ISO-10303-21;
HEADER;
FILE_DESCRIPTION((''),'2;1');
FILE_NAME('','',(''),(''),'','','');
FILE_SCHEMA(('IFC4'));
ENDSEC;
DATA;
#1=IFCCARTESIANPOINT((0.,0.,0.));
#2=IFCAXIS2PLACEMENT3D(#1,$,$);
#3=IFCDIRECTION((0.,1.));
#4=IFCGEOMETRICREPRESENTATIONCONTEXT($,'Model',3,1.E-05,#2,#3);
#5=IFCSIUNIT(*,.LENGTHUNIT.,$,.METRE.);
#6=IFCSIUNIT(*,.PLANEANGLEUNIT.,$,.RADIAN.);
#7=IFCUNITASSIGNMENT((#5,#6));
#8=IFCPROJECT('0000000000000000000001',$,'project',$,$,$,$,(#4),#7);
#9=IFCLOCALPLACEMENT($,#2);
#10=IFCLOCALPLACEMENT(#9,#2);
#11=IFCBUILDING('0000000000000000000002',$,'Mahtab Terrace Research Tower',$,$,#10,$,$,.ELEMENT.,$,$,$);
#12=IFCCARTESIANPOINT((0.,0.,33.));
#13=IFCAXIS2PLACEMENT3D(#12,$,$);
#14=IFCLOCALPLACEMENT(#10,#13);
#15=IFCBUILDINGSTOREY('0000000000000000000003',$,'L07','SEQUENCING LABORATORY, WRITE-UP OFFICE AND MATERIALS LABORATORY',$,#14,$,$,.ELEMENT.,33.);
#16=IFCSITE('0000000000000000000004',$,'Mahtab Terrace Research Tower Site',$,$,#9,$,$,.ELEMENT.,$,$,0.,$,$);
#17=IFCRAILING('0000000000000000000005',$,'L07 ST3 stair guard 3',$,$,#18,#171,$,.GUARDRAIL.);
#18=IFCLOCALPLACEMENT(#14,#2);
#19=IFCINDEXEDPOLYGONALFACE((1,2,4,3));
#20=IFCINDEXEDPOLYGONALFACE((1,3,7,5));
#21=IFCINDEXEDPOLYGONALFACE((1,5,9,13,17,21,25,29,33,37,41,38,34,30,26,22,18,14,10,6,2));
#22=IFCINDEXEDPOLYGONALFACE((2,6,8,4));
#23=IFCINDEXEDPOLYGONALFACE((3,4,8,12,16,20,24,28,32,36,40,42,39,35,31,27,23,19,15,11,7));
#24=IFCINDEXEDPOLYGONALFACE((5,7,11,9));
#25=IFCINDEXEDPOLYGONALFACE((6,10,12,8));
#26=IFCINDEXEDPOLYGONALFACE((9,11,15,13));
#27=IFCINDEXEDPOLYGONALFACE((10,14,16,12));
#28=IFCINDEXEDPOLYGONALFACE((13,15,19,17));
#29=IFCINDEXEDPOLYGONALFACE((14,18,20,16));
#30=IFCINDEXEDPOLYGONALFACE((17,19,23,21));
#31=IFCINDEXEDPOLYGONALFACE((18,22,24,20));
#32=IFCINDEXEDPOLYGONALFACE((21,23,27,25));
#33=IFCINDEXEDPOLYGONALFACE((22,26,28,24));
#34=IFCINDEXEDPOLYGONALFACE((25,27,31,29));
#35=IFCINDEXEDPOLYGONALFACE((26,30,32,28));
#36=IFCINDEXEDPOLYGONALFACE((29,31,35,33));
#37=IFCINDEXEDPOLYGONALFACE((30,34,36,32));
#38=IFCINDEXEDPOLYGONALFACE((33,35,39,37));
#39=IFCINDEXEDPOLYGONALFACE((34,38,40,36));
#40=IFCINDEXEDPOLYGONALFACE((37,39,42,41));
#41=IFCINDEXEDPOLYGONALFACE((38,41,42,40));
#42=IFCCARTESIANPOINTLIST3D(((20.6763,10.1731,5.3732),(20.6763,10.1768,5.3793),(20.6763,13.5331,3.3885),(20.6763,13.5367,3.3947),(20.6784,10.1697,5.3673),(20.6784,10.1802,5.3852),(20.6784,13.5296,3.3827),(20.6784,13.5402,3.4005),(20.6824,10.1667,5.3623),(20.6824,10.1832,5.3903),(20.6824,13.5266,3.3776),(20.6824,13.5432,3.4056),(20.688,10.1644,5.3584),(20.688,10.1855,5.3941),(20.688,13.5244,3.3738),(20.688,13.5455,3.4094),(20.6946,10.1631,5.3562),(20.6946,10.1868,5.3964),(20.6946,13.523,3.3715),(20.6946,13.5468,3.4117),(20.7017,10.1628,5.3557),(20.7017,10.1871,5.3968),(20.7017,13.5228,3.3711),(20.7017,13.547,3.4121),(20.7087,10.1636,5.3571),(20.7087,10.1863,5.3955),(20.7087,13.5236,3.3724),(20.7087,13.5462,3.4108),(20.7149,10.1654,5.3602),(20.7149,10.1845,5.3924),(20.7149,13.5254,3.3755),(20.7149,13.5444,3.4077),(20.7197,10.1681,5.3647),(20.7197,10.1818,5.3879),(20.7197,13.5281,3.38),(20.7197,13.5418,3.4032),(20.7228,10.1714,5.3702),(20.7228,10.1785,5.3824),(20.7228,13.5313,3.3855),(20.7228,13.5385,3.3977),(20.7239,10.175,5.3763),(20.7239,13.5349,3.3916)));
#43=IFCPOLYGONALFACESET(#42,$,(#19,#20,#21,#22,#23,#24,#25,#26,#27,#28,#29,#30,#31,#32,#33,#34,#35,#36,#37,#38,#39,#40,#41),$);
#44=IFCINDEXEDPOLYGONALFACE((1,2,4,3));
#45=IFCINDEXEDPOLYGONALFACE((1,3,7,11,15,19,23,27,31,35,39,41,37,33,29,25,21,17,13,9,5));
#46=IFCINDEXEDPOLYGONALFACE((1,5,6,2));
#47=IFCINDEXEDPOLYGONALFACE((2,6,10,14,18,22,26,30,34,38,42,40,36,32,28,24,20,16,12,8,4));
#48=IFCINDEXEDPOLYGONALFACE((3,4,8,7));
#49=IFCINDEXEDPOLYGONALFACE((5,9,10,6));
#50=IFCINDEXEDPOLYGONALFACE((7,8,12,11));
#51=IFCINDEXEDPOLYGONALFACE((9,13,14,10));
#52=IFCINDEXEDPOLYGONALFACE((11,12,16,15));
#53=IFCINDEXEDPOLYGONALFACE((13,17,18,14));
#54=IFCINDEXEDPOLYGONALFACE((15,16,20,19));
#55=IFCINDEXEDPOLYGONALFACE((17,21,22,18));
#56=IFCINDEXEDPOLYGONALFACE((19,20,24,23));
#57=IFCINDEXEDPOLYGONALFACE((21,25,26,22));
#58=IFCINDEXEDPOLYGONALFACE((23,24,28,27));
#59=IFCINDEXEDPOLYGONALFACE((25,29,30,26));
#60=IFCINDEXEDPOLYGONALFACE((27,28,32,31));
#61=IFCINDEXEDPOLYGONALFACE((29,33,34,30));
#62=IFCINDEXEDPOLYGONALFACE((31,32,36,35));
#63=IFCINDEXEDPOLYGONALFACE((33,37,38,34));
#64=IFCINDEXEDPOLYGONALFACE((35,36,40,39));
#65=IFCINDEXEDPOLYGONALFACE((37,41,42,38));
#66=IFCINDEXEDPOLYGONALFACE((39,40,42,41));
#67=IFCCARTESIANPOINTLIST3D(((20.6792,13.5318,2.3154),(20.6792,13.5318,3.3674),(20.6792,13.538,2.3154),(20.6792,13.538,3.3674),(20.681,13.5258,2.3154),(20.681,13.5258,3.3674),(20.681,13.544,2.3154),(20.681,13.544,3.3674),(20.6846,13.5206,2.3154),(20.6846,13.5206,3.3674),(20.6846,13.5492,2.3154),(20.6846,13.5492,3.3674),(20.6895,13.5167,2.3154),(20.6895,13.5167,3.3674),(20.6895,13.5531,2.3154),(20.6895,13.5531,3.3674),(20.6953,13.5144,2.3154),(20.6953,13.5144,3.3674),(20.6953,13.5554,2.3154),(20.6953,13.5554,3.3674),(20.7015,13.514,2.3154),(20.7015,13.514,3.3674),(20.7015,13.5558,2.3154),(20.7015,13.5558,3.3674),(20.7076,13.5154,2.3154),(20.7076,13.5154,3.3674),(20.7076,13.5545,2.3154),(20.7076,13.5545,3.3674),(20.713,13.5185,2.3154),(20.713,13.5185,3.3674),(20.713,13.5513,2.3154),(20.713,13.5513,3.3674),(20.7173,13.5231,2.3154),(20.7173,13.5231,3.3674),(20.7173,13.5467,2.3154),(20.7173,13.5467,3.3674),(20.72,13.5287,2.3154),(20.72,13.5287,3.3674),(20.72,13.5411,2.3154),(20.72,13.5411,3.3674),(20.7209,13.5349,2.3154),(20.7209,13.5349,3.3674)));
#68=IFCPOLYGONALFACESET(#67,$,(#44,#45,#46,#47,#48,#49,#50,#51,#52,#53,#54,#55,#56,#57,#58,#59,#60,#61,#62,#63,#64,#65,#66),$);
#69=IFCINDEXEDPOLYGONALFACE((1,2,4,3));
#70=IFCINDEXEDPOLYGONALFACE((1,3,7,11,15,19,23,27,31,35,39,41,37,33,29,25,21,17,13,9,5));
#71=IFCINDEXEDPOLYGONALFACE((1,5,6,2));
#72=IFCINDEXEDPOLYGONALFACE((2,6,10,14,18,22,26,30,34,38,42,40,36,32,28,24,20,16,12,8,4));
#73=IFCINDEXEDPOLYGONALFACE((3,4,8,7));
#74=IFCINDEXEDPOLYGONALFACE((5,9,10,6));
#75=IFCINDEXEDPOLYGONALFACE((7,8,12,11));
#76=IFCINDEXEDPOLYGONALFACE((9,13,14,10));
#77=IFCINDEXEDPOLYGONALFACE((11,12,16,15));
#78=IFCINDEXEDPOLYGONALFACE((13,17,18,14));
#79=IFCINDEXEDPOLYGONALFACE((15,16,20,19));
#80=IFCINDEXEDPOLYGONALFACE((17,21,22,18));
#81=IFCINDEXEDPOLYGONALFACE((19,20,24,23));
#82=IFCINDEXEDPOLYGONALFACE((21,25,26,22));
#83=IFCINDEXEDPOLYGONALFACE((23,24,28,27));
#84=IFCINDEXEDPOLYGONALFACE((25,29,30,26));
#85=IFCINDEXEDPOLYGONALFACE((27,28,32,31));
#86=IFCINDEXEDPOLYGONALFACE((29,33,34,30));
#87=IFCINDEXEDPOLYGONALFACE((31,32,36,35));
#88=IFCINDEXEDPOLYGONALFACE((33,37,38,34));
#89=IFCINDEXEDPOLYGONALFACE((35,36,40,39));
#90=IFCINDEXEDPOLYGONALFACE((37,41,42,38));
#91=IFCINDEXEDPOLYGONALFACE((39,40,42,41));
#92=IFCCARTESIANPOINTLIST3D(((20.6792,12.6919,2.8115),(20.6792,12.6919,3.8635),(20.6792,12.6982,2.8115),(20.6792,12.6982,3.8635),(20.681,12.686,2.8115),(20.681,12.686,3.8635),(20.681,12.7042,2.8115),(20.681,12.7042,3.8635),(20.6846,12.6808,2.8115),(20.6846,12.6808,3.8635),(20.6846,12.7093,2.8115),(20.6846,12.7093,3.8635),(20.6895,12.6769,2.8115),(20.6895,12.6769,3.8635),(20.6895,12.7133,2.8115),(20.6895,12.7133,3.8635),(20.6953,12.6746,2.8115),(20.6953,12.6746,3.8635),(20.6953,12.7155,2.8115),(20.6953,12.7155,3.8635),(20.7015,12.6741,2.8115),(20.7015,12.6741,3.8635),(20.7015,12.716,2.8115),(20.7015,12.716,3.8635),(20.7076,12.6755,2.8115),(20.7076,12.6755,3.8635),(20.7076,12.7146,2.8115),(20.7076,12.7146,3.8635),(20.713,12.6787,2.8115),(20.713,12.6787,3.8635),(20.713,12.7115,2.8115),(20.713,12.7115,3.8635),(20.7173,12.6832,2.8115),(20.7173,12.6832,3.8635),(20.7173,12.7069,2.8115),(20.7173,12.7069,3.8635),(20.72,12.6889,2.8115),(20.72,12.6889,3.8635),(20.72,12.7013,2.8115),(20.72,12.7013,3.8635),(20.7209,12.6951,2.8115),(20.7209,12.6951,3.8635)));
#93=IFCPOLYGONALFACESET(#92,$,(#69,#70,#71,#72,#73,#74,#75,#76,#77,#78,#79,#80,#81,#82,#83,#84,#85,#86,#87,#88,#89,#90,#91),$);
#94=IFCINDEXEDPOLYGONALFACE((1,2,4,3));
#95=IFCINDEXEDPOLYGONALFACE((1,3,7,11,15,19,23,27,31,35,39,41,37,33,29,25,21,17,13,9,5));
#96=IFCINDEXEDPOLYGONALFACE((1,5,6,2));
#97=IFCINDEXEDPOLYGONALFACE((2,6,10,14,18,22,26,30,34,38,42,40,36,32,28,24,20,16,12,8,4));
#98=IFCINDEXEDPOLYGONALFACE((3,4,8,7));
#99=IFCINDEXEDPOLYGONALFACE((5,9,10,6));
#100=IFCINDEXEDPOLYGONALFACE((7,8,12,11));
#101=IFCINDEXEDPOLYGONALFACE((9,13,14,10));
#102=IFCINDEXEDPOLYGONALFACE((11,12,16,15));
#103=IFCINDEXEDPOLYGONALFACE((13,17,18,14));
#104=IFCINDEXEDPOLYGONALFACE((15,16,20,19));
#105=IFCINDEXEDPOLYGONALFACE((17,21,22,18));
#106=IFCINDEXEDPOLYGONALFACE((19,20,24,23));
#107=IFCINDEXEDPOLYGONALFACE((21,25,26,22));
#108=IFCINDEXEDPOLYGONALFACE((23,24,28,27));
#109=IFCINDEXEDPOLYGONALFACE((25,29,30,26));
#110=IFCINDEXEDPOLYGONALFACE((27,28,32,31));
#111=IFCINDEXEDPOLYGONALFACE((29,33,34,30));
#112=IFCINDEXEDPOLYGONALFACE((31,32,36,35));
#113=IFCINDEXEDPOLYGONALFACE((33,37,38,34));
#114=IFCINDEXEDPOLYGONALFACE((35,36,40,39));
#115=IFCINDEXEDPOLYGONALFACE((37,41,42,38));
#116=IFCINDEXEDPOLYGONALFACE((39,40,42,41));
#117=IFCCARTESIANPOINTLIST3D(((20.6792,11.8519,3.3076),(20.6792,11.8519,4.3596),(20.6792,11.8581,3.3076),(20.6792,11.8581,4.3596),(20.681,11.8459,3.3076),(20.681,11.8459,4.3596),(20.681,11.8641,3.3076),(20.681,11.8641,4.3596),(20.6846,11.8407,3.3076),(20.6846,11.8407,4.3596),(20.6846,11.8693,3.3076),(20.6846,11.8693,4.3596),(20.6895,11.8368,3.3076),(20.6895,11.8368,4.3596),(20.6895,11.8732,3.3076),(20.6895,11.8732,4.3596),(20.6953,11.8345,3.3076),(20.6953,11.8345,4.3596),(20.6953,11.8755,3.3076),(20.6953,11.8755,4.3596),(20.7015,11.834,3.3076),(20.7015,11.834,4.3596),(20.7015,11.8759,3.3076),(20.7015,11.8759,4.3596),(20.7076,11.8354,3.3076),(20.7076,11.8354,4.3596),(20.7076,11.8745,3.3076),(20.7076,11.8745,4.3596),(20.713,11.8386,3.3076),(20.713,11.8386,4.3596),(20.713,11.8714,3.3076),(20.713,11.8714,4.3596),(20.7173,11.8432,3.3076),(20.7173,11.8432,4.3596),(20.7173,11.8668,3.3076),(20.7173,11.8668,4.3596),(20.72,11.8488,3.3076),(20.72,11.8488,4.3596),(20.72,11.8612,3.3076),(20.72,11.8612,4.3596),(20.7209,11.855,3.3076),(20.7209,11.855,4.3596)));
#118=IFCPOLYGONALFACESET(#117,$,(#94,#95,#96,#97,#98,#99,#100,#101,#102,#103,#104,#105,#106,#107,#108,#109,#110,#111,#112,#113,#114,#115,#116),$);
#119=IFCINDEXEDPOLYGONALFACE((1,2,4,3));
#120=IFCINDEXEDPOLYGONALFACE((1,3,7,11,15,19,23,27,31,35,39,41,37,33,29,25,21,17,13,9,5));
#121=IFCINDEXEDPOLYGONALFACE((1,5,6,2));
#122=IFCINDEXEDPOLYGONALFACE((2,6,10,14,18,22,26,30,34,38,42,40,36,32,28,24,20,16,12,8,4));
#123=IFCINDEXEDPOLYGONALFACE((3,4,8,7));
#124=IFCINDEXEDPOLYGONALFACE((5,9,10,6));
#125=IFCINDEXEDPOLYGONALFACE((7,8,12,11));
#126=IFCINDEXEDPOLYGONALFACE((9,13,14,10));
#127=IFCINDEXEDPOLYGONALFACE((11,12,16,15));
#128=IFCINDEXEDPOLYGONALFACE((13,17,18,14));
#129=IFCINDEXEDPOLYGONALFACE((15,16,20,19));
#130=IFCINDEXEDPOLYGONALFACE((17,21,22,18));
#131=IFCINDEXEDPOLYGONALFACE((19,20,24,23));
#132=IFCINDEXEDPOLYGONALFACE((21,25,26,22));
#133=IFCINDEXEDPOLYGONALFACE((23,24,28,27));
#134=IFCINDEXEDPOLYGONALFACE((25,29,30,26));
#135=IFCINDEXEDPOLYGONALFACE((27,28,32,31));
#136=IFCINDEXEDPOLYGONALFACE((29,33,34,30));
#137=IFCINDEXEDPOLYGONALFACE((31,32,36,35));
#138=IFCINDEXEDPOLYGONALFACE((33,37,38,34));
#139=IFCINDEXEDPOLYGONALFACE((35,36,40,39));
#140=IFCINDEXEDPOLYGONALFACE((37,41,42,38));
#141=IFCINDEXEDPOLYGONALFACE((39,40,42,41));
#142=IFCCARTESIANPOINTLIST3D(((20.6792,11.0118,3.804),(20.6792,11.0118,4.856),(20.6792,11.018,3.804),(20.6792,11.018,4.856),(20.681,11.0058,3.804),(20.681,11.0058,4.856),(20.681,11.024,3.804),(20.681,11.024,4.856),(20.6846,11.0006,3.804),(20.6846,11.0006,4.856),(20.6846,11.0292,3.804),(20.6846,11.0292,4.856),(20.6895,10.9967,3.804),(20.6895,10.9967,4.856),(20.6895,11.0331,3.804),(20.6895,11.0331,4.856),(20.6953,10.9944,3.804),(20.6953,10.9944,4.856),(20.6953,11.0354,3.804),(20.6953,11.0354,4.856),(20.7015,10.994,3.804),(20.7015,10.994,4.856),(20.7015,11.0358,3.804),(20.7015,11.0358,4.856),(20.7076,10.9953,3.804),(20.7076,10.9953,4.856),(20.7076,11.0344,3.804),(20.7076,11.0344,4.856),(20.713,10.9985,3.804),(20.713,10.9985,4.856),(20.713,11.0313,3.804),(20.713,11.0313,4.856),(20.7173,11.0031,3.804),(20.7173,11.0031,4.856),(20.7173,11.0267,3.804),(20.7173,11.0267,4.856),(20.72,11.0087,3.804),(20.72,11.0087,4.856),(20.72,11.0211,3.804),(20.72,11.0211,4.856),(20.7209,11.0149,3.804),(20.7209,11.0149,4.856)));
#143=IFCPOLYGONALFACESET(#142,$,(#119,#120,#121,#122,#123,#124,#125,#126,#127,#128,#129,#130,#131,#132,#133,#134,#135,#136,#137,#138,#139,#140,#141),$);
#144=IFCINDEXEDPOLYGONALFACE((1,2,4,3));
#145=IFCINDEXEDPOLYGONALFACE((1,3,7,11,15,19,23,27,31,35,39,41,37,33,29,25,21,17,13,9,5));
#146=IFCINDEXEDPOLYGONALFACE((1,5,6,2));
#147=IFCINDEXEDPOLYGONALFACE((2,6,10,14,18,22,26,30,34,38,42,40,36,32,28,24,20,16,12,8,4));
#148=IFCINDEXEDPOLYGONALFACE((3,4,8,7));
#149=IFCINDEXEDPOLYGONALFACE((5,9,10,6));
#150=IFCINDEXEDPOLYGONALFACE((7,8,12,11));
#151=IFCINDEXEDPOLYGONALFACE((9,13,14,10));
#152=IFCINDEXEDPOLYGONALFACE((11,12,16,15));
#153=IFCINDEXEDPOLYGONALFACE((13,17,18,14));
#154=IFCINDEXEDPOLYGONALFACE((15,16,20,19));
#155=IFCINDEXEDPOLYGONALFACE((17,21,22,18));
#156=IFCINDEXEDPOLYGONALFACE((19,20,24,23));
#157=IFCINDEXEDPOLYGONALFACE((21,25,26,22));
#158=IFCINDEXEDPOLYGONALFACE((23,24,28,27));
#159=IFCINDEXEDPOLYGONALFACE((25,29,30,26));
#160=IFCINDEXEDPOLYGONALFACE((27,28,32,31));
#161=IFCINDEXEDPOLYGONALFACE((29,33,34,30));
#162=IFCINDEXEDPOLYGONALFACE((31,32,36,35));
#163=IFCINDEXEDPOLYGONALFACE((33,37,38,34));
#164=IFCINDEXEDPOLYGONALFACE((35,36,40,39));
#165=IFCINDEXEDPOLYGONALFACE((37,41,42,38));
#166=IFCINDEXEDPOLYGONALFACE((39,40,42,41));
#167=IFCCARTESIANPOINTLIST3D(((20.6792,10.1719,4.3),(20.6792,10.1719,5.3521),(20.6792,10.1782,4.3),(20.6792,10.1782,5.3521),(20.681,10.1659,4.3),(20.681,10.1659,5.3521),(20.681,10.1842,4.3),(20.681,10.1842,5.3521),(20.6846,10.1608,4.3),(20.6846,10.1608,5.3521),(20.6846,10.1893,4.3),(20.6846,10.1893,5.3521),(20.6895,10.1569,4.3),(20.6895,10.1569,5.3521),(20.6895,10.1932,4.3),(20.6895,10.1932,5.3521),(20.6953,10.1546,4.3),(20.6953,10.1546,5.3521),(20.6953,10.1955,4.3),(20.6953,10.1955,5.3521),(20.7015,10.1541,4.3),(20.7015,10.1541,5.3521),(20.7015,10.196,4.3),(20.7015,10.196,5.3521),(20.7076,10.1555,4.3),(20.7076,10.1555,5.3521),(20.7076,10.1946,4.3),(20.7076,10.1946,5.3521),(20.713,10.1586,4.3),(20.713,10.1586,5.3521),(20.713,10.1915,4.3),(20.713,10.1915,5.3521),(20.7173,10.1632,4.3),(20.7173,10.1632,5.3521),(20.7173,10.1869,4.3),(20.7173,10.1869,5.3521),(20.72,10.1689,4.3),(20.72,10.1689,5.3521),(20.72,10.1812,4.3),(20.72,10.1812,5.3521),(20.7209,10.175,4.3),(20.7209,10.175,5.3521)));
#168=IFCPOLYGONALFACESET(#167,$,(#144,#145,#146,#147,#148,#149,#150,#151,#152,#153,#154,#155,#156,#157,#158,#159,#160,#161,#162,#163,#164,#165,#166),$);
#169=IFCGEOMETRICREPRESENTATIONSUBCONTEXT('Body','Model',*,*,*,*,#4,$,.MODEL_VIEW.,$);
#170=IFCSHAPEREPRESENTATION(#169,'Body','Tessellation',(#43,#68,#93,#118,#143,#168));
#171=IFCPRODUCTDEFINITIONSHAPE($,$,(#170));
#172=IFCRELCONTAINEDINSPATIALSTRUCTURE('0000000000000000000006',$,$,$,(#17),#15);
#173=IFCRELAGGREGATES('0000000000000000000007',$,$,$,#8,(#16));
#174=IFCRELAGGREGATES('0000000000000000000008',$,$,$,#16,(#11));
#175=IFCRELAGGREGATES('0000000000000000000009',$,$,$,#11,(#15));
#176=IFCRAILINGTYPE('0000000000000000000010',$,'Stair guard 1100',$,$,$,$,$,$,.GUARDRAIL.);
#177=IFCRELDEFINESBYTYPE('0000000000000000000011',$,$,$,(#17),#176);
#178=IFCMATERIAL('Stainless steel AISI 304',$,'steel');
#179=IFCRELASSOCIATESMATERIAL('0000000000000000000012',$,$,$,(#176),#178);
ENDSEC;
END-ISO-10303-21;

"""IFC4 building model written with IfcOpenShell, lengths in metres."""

from ifc_helpers import new_model, si_unit, direction, frame, origin, origin_2d, place, context, subcontext, project, spatial, circle, extrude, material, type_object, element, save


model = new_model("IFC4")

# Units and contexts
model_context = context("Model", 3, precision=1e-05, world=origin(), true_north=direction((0.0, 1.0)))
body_context = subcontext(model_context, "Body", "Model", "MODEL_VIEW")
ifc_project = project(units=[si_unit("LENGTHUNIT", "METRE"), si_unit("PLANEANGLEUNIT", "RADIAN")], contexts=[model_context])

# Site, building, storey
site_placement = place(None, origin())
site = spatial("IfcSite", under=ifc_project, at=site_placement, Name="Mahtab Terrace Research Tower Site", CompositionType="ELEMENT", RefElevation=0.0)
building_placement = place(site_placement, origin())
building = spatial("IfcBuilding", under=site, at=building_placement, Name="Mahtab Terrace Research Tower", CompositionType="ELEMENT")
storey_placement = place(building_placement, frame((0.0, 0.0, 33.0)))
storey = spatial("IfcBuildingStorey", under=building, at=storey_placement, Name="L07", Description="SEQUENCING LABORATORY, WRITE-UP OFFICE AND MATERIALS LABORATORY", CompositionType="ELEMENT", Elevation=33.0)

# Shared definitions
ifc_material_1 = material(Name="Stainless steel AISI 304", Category="steel")

# Railing
railing_type_1 = type_object("IfcRailingType", Name="Stair guard 1100", PredefinedType="GUARDRAIL", material=ifc_material_1)
railing_1_placement = place(storey_placement, frame((20.7, 13.5349, 2.3154)))
element("IfcRailing", 1, at=railing_1_placement, inside=storey, type_object=railing_type_1, Name="L07 ST3 stair guard 3", PredefinedType="GUARDRAIL", context=body_context, shape_type="SweptSolid", body=[
    extrude(circle(Radius=0.0239, at=origin_2d()), frame((0.0, 0.0, 1.0762), z_axis=(0.0, -0.861011, 0.508586), x_axis=(1.0, 0.0, 0.0)), (0.0, 0.0, 1.0), 3.9023),
    extrude(circle(Radius=0.021, at=origin_2d()), origin(), (0.0, 0.0, 1.0), 1.052),
    extrude(circle(Radius=0.021, at=origin_2d()), frame((0.0, -0.8398, 0.4961)), (0.0, 0.0, 1.0), 1.052),
    extrude(circle(Radius=0.021, at=origin_2d()), frame((0.0, -1.6799, 0.9922)), (0.0, 0.0, 1.0), 1.052),
    extrude(circle(Radius=0.021, at=origin_2d()), frame((0.0, -2.52, 1.4885)), (0.0, 0.0, 1.0), 1.052),
    extrude(circle(Radius=0.021, at=origin_2d()), frame((0.0, -3.3599, 1.9846)), (0.0, 0.0, 1.0), 1.052),
])

save(model, "model.ifc")
